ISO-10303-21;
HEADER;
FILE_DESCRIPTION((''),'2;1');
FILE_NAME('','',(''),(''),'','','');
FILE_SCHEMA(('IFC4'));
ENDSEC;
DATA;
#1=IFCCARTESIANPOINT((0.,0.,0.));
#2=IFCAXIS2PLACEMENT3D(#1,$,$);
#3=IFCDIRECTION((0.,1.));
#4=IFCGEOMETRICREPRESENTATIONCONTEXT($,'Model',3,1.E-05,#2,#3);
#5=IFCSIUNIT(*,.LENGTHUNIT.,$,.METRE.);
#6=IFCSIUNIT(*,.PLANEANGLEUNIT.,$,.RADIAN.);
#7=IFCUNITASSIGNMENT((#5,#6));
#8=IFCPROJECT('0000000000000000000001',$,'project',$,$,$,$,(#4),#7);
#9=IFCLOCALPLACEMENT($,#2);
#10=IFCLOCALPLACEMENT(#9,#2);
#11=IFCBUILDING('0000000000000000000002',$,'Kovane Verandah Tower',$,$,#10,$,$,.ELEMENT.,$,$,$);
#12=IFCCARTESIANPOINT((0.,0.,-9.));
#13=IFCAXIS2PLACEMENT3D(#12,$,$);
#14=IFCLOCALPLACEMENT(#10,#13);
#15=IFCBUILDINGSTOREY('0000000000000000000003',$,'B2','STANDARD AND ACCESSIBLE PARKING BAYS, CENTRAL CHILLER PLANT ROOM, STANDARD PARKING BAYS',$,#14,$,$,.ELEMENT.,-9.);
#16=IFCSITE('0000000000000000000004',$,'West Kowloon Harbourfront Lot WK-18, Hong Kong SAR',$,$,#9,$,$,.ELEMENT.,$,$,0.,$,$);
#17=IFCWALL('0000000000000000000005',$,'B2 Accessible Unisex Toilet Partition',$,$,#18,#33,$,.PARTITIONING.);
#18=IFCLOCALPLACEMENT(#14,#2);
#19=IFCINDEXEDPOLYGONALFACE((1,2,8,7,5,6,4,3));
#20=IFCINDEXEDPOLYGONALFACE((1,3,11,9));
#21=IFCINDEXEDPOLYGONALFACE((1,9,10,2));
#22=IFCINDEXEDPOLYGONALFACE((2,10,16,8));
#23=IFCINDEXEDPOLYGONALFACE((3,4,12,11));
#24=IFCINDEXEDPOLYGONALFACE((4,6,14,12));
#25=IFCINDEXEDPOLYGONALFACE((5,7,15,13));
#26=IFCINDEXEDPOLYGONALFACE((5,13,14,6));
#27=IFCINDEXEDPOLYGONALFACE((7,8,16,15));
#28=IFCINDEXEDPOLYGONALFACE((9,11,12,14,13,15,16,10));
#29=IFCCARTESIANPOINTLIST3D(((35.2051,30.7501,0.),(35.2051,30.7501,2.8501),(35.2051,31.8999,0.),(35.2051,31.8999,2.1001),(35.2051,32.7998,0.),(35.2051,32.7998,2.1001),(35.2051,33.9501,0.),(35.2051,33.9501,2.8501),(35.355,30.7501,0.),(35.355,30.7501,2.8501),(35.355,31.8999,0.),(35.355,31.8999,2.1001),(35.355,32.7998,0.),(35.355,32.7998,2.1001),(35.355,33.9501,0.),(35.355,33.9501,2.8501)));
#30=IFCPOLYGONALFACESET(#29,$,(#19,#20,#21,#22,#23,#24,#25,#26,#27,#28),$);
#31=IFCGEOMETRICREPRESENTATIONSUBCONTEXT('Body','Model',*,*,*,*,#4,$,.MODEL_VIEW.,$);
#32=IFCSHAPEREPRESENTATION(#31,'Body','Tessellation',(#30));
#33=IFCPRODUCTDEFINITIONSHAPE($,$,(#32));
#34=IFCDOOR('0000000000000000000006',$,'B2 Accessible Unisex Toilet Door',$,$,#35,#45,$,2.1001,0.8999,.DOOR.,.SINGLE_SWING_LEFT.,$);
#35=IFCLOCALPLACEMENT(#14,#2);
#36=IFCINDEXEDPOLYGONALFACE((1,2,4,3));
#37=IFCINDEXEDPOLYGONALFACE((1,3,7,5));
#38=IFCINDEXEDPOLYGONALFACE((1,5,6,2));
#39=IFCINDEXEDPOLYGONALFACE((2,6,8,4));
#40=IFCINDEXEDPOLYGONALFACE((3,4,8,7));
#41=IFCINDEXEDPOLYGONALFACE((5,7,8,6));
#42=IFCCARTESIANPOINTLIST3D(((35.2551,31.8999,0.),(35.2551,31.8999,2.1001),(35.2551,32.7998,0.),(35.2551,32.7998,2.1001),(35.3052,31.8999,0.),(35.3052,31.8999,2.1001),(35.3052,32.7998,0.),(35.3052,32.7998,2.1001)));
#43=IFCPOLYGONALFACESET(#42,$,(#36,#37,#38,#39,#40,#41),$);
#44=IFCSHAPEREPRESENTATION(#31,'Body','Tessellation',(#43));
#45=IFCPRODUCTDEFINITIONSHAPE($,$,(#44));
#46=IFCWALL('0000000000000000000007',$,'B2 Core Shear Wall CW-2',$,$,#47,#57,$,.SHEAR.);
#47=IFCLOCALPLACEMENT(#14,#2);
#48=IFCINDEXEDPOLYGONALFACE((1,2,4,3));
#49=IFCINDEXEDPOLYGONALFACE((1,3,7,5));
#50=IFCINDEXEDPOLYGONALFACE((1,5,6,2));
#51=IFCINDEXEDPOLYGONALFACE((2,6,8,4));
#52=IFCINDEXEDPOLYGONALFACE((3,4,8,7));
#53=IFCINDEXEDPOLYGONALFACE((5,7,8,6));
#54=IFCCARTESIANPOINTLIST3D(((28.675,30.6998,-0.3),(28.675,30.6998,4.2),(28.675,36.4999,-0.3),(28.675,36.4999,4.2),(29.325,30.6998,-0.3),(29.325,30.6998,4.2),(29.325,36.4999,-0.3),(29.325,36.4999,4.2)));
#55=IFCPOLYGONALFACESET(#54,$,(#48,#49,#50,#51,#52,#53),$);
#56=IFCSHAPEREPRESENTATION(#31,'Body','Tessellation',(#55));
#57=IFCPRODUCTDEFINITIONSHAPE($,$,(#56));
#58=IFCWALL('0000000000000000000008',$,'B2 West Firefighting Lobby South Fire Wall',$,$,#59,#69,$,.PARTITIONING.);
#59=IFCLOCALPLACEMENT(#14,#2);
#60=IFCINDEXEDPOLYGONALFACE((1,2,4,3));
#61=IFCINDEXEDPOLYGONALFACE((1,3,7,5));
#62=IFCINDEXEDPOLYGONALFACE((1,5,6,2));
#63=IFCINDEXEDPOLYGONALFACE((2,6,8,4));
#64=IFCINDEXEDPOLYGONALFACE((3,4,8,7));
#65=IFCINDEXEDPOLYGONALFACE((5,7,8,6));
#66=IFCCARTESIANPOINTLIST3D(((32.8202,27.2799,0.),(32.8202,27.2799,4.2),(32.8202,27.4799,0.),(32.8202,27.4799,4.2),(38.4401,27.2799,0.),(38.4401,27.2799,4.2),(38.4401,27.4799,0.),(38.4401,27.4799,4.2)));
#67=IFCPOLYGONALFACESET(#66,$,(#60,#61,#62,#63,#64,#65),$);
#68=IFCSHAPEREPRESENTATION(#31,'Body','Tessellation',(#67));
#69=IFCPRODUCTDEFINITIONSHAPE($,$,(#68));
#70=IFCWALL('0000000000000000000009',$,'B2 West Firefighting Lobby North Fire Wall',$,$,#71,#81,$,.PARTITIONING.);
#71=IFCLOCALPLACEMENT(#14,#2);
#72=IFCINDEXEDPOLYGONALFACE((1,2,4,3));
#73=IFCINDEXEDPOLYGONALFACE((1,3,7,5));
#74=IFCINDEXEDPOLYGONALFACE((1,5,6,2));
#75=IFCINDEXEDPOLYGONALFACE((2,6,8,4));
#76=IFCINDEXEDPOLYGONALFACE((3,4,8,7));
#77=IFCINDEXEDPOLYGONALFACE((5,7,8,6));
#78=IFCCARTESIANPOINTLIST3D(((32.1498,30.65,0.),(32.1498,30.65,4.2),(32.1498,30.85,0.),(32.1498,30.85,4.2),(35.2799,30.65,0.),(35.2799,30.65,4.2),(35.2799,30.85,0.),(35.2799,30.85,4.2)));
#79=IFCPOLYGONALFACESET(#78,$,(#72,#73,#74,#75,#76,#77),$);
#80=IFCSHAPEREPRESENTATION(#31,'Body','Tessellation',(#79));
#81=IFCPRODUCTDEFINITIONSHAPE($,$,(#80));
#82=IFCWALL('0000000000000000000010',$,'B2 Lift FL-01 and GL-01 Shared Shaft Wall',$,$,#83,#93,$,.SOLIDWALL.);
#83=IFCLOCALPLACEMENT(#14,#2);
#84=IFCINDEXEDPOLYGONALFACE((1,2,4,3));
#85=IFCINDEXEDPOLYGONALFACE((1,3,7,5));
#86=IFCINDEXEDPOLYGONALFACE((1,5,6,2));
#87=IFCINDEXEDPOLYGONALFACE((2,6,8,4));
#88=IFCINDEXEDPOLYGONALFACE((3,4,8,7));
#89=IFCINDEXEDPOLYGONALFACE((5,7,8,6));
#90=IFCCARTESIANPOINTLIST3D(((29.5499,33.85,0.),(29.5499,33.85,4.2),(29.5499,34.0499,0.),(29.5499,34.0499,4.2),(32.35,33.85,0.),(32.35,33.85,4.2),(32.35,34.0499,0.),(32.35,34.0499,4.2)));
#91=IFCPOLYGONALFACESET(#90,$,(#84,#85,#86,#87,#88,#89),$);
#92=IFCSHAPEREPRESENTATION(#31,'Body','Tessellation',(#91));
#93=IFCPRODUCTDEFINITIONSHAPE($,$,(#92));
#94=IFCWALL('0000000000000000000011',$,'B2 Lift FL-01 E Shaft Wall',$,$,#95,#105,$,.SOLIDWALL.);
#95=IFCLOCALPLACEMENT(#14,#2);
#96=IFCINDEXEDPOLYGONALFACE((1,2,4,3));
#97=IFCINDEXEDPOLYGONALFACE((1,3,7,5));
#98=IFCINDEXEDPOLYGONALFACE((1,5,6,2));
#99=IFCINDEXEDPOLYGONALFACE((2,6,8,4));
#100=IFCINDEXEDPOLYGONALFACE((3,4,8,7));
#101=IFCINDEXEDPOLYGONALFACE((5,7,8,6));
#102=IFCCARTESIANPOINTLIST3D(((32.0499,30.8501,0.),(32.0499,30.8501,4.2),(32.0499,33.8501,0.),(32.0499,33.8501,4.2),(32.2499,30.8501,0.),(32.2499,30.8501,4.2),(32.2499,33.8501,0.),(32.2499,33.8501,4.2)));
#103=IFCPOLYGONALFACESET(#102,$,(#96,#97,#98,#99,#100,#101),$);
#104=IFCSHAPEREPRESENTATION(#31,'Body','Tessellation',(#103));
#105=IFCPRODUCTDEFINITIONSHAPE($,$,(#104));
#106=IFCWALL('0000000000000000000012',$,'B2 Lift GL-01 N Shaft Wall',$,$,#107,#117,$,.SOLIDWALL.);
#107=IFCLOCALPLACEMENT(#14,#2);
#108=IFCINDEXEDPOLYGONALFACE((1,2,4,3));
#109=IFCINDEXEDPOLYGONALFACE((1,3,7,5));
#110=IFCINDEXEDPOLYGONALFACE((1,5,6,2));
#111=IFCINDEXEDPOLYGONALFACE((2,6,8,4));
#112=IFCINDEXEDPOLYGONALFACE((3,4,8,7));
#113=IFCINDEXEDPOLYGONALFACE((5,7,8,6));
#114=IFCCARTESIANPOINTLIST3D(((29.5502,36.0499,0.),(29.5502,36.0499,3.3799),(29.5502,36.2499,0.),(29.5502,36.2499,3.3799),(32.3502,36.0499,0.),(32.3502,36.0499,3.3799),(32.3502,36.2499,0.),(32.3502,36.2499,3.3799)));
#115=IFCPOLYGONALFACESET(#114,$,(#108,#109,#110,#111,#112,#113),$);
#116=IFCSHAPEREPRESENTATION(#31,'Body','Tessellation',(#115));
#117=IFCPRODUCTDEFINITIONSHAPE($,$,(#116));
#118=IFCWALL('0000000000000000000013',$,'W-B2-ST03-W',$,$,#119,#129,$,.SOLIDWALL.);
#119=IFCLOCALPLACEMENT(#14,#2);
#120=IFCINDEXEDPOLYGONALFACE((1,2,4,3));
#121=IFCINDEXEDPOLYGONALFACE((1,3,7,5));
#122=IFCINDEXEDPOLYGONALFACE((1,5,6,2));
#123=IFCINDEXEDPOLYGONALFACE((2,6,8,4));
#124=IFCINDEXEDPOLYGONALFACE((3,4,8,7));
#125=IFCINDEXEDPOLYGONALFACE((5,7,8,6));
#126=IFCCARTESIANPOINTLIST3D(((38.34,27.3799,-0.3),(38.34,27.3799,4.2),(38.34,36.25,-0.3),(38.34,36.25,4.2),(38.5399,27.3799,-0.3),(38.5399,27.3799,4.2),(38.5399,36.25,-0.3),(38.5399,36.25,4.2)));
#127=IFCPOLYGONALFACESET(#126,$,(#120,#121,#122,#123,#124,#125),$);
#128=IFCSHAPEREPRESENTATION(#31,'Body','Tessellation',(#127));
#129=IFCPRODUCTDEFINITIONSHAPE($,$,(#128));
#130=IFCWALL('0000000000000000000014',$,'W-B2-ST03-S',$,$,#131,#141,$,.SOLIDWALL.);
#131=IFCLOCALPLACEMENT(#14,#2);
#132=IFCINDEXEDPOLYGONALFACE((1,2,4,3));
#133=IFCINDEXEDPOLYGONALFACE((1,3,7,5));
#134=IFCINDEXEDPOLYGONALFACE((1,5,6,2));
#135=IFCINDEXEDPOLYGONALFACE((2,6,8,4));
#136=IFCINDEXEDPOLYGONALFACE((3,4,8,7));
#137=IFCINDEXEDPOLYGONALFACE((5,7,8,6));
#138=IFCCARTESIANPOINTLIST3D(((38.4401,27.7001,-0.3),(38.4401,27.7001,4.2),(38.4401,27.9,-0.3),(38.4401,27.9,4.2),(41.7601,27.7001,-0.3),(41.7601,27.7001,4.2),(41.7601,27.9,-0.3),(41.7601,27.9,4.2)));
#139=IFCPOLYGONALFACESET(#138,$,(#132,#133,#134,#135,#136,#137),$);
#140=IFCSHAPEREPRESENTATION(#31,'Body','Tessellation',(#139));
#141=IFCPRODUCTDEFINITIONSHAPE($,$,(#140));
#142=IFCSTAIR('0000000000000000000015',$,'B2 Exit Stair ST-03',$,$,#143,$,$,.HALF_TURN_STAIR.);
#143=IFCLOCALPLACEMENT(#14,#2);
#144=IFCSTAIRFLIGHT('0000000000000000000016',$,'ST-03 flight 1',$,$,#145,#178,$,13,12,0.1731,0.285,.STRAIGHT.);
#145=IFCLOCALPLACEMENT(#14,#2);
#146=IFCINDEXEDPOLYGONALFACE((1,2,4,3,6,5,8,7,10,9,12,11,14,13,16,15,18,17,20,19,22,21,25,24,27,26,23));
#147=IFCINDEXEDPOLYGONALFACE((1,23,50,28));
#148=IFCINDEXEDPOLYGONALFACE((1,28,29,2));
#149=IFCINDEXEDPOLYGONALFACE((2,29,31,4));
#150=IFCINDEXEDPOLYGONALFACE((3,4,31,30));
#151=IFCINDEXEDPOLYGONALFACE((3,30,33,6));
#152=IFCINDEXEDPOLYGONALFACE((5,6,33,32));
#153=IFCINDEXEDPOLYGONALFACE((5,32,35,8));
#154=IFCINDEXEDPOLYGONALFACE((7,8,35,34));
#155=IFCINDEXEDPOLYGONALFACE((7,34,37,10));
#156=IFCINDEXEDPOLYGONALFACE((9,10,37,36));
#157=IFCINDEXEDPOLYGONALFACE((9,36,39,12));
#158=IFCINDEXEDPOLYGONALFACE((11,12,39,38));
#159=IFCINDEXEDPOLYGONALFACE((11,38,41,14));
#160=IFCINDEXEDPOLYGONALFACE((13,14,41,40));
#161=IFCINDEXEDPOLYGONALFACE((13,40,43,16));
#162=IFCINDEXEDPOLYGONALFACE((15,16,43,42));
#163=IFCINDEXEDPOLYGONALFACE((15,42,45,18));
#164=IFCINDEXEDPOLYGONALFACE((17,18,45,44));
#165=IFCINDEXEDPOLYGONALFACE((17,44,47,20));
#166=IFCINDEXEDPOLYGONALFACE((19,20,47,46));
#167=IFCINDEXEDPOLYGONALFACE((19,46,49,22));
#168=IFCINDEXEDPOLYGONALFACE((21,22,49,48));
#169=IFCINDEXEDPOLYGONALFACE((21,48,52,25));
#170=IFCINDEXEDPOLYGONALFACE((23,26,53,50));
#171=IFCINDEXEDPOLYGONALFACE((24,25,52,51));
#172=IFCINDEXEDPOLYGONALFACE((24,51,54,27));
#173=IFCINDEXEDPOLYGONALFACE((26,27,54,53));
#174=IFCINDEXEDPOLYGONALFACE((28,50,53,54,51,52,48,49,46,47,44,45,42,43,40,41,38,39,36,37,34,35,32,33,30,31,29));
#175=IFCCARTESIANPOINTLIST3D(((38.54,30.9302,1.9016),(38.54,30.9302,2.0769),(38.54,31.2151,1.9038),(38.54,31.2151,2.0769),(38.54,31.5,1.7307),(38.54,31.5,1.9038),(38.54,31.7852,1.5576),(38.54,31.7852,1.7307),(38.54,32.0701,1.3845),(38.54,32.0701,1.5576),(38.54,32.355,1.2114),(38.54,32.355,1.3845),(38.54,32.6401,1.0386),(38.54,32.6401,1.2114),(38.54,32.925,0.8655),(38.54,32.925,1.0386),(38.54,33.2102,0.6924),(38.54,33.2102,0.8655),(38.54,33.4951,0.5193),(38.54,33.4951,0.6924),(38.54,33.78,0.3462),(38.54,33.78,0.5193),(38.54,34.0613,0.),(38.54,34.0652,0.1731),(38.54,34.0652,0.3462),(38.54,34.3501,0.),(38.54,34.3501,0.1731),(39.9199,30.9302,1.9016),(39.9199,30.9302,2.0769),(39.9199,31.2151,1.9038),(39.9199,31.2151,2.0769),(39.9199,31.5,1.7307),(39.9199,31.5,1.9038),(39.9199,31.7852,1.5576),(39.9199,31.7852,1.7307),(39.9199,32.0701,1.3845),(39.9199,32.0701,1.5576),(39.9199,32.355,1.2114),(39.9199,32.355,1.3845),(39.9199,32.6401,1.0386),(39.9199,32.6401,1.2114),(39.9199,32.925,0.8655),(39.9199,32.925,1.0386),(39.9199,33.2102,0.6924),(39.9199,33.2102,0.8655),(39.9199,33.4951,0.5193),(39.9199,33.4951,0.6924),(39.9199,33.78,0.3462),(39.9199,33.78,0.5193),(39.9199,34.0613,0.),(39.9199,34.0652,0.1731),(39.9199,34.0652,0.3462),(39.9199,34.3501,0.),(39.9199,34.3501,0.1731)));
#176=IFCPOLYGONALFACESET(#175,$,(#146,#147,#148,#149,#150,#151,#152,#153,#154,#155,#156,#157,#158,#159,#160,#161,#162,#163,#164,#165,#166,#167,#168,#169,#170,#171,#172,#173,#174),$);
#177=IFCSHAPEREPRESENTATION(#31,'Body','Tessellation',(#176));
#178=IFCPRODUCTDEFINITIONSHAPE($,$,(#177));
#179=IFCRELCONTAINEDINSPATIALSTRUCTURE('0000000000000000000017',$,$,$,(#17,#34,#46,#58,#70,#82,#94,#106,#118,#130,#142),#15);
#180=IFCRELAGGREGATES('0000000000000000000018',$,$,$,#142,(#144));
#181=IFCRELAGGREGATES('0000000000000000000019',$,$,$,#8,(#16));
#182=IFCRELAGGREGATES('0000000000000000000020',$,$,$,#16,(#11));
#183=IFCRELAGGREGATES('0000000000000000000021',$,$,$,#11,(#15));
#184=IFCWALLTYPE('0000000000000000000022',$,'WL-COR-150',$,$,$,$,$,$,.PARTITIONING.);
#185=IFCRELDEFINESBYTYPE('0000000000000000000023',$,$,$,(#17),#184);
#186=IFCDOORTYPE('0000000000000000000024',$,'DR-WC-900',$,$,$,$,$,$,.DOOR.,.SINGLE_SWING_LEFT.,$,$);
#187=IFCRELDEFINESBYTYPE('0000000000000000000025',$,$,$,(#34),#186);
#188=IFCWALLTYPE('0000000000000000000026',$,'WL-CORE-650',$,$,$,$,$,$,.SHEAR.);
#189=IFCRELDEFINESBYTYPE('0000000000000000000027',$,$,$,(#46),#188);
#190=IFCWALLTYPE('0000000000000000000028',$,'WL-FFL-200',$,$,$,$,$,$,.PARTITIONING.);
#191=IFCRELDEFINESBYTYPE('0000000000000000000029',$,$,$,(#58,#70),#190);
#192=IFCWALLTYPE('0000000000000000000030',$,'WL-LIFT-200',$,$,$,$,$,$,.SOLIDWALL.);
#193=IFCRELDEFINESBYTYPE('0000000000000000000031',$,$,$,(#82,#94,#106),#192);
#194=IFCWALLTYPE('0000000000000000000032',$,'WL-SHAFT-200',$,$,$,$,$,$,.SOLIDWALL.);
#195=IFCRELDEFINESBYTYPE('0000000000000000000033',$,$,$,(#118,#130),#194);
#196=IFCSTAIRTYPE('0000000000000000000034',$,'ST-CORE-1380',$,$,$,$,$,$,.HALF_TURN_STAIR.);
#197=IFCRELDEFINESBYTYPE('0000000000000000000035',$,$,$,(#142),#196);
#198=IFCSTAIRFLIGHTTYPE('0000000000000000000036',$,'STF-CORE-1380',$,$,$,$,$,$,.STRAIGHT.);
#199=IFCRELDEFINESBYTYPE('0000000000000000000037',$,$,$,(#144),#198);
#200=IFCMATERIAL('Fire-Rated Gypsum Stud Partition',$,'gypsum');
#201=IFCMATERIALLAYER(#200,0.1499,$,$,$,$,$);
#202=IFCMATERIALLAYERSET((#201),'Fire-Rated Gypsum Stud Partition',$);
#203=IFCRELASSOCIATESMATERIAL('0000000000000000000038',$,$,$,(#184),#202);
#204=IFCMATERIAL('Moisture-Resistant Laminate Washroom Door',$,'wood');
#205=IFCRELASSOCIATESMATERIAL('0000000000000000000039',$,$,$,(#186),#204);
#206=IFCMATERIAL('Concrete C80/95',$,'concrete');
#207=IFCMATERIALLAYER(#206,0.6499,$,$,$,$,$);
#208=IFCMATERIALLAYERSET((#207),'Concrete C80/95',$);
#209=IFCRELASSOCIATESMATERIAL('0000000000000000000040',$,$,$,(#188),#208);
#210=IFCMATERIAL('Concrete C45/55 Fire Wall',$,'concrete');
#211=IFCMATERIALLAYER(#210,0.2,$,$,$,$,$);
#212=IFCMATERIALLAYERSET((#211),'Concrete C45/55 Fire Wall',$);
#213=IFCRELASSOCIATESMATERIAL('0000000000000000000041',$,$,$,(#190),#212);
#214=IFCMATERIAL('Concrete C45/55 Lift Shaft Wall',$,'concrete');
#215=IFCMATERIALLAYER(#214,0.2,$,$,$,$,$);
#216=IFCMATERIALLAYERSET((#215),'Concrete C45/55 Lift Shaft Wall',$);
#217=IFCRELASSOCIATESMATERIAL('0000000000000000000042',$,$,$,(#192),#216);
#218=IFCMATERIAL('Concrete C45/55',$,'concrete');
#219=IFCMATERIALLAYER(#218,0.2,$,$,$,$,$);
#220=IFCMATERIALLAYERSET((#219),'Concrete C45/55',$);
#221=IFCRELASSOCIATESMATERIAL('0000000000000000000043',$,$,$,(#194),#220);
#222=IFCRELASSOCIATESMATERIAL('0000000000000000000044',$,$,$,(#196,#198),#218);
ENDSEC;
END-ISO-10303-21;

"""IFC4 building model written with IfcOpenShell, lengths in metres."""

from ifc_helpers import new_model, si_unit, direction, frame, frame_2d, origin, place, context, subcontext, project, spatial, polyline, rectangle, outline, extrude, material, layer, layer_set, type_object, element, fill, aggregate, save


model = new_model("IFC4")

# Units and contexts
model_context = context("Model", 3, precision=1e-05, world=origin(), true_north=direction((0.0, 1.0)))
body_context = subcontext(model_context, "Body", "Model", "MODEL_VIEW")
ifc_project = project(units=[si_unit("LENGTHUNIT", "METRE"), si_unit("PLANEANGLEUNIT", "RADIAN")], contexts=[model_context])

# Site, building, storey
site_placement = place(None, origin())
site = spatial("IfcSite", under=ifc_project, at=site_placement, Name="West Kowloon Harbourfront Lot WK-18, Hong Kong SAR", CompositionType="ELEMENT", RefElevation=0.0)
building_placement = place(site_placement, origin())
building = spatial("IfcBuilding", under=site, at=building_placement, Name="Kovane Verandah Tower", CompositionType="ELEMENT")
storey_placement = place(building_placement, frame((0.0, 0.0, -9.0)))
storey = spatial("IfcBuildingStorey", under=building, at=storey_placement, Name="B2", Description="STANDARD AND ACCESSIBLE PARKING BAYS, CENTRAL CHILLER PLANT ROOM, STANDARD PARKING BAYS", CompositionType="ELEMENT", Elevation=-9.0)

# Shared definitions
ifc_material_1 = material(Name="Concrete C80/95", Category="concrete")
ifc_material_2 = material(Name="Concrete C45/55", Category="concrete")

# Shared definitions
ifc_material_3 = material(Name="Fire-Rated Gypsum Stud Partition", Category="gypsum")
ifc_layer_1 = layer(ifc_material_3, 0.1499)
ifc_layer_set_1 = layer_set([ifc_layer_1], Name="Fire-Rated Gypsum Stud Partition")
wall_type_1 = type_object("IfcWallType", Name="WL-COR-150", PredefinedType="PARTITIONING", material=ifc_layer_set_1)

# Wall, opening, door
wall_1_placement = place(storey_placement, frame((35.28, 30.75, 0.0), z_axis=(0.0, 0.0, 1.0), x_axis=(0.0, 1.0, 0.0)))
wall_1 = element("IfcWall", 1, at=wall_1_placement, inside=storey, type_object=wall_type_1, Name="B2 Accessible Unisex Toilet Partition", PredefinedType="PARTITIONING", context=body_context, shape_type="SweptSolid", body=[
    extrude(rectangle(XDim=3.2, YDim=0.1499, at=frame_2d((1.6001, 0.0))), origin(), (0.0, 0.0, 1.0), 2.8501),
])
opening_1_placement = place(wall_1_placement, frame((1.1499, 0.0, 0.0)))
opening_1 = element("IfcOpeningElement", 2, at=opening_1_placement, cuts=wall_1, PredefinedType="OPENING", context=body_context, shape_type="SweptSolid", body=[
    extrude(rectangle(XDim=0.8999, YDim=2.1001, at=frame_2d((0.45, 1.05))), frame((0.0, 0.075, 0.0), z_axis=(0.0, -1.0, 0.0), x_axis=(1.0, 0.0, 0.0)), (0.0, 0.0, 1.0), 0.1499),
])
ifc_material_4 = material(Name="Moisture-Resistant Laminate Washroom Door", Category="wood")
door_type_1 = type_object("IfcDoorType", Name="DR-WC-900", OperationType="SINGLE_SWING_LEFT", PredefinedType="DOOR", material=ifc_material_4)
door_1_placement = place(opening_1_placement, origin())
door_1 = element("IfcDoor", 3, at=door_1_placement, inside=storey, type_object=door_type_1, Name="B2 Accessible Unisex Toilet Door", OperationType="SINGLE_SWING_LEFT", OverallHeight=2.1001, OverallWidth=0.8999, PredefinedType="DOOR", context=body_context, shape_type="SweptSolid", body=[
    extrude(rectangle(XDim=0.8999, YDim=2.1001, at=frame_2d((0.45, 1.05))), frame((0.0, 0.0249, 0.0), z_axis=(0.0, -1.0, 0.0), x_axis=(1.0, 0.0, 0.0)), (0.0, 0.0, 1.0), 0.05),
])
fill(opening_1, door_1)

# Wall
ifc_layer_2 = layer(ifc_material_1, 0.6499)
ifc_layer_set_2 = layer_set([ifc_layer_2], Name="Concrete C80/95")
wall_type_2 = type_object("IfcWallType", Name="WL-CORE-650", PredefinedType="SHEAR", material=ifc_layer_set_2)
wall_2_placement = place(storey_placement, frame((29.0, 30.7, -0.3), z_axis=(0.0, 0.0, 1.0), x_axis=(0.0, 1.0, 0.0)))
element("IfcWall", 4, at=wall_2_placement, inside=storey, type_object=wall_type_2, Name="B2 Core Shear Wall CW-2", PredefinedType="SHEAR", context=body_context, shape_type="SweptSolid", body=[
    extrude(rectangle(XDim=5.8, YDim=0.6499, at=frame_2d((2.8999, 0.0))), origin(), (0.0, 0.0, 1.0), 4.5),
])

# Shared definitions
ifc_material_5 = material(Name="Concrete C45/55 Fire Wall", Category="concrete")
ifc_layer_3 = layer(ifc_material_5, 0.2)
ifc_layer_set_3 = layer_set([ifc_layer_3], Name="Concrete C45/55 Fire Wall")
wall_type_3 = type_object("IfcWallType", Name="WL-FFL-200", PredefinedType="PARTITIONING", material=ifc_layer_set_3)

# Walls
wall_3_placement = place(storey_placement, frame((32.8201, 27.3799, 0.0), z_axis=(0.0, 0.0, 1.0), x_axis=(1.0, 0.0, 0.0)))
element("IfcWall", 5, at=wall_3_placement, inside=storey, type_object=wall_type_3, Name="B2 West Firefighting Lobby South Fire Wall", PredefinedType="PARTITIONING", context=body_context, shape_type="SweptSolid", body=[
    extrude(rectangle(XDim=5.6199, YDim=0.2, at=frame_2d((2.8101, 0.0))), origin(), (0.0, 0.0, 1.0), 4.2),
])
wall_4_placement = place(storey_placement, frame((32.1499, 30.75, 0.0), z_axis=(0.0, 0.0, 1.0), x_axis=(1.0, 0.0, 0.0)))
element("IfcWall", 6, at=wall_4_placement, inside=storey, type_object=wall_type_3, Name="B2 West Firefighting Lobby North Fire Wall", PredefinedType="PARTITIONING", context=body_context, shape_type="SweptSolid", body=[
    extrude(rectangle(XDim=3.1301, YDim=0.2, at=frame_2d((1.5649, 0.0))), origin(), (0.0, 0.0, 1.0), 4.2),
])

# Shared definitions
ifc_material_6 = material(Name="Concrete C45/55 Lift Shaft Wall", Category="concrete")
ifc_layer_4 = layer(ifc_material_6, 0.2)
ifc_layer_set_4 = layer_set([ifc_layer_4], Name="Concrete C45/55 Lift Shaft Wall")
wall_type_4 = type_object("IfcWallType", Name="WL-LIFT-200", PredefinedType="SOLIDWALL", material=ifc_layer_set_4)

# Walls
wall_5_placement = place(storey_placement, frame((29.55, 33.95, 0.0), z_axis=(0.0, 0.0, 1.0), x_axis=(1.0, 0.0, 0.0)))
element("IfcWall", 7, at=wall_5_placement, inside=storey, type_object=wall_type_4, Name="B2 Lift FL-01 and GL-01 Shared Shaft Wall", PredefinedType="SOLIDWALL", context=body_context, shape_type="SweptSolid", body=[
    extrude(rectangle(XDim=2.8, YDim=0.2, at=frame_2d((1.3999, 0.0))), origin(), (0.0, 0.0, 1.0), 4.2),
])
wall_6_placement = place(storey_placement, frame((32.1499, 30.8501, 0.0), z_axis=(0.0, 0.0, 1.0), x_axis=(0.0, 1.0, 0.0)))
element("IfcWall", 8, at=wall_6_placement, inside=storey, type_object=wall_type_4, Name="B2 Lift FL-01 E Shaft Wall", PredefinedType="SOLIDWALL", context=body_context, shape_type="SweptSolid", body=[
    extrude(rectangle(XDim=3.0, YDim=0.2, at=frame_2d((1.5, 0.0))), origin(), (0.0, 0.0, 1.0), 4.2),
])
wall_7_placement = place(storey_placement, frame((32.3501, 36.1499, 0.0), z_axis=(0.0, 0.0, 1.0), x_axis=(-1.0, 0.0, 0.0)))
element("IfcWall", 9, at=wall_7_placement, inside=storey, type_object=wall_type_4, Name="B2 Lift GL-01 N Shaft Wall", PredefinedType="SOLIDWALL", context=body_context, shape_type="SweptSolid", body=[
    extrude(rectangle(XDim=2.8, YDim=0.2, at=frame_2d((1.3999, 0.0))), origin(), (0.0, 0.0, 1.0), 3.3799),
])

# Shared definitions
ifc_layer_5 = layer(ifc_material_2, 0.2)
ifc_layer_set_5 = layer_set([ifc_layer_5], Name="Concrete C45/55")
wall_type_5 = type_object("IfcWallType", Name="WL-SHAFT-200", PredefinedType="SOLIDWALL", material=ifc_layer_set_5)

# Walls
wall_8_placement = place(storey_placement, frame((38.4399, 27.3799, -0.3), z_axis=(0.0, 0.0, 1.0), x_axis=(0.0, 1.0, 0.0)))
element("IfcWall", 10, at=wall_8_placement, inside=storey, type_object=wall_type_5, Name="W-B2-ST03-W", PredefinedType="SOLIDWALL", context=body_context, shape_type="SweptSolid", body=[
    extrude(rectangle(XDim=8.8701, YDim=0.2, at=frame_2d((4.4351, 0.0))), origin(), (0.0, 0.0, 1.0), 4.5),
])
wall_9_placement = place(storey_placement, frame((38.4399, 27.8, -0.3), z_axis=(0.0, 0.0, 1.0), x_axis=(1.0, 0.0, 0.0)))
element("IfcWall", 11, at=wall_9_placement, inside=storey, type_object=wall_type_5, Name="W-B2-ST03-S", PredefinedType="SOLIDWALL", context=body_context, shape_type="SweptSolid", body=[
    extrude(rectangle(XDim=3.3201, YDim=0.2, at=frame_2d((1.6602, 0.0))), origin(), (0.0, 0.0, 1.0), 4.5),
])

# Stair, stair flight
stair_type = type_object("IfcStairType", Name="ST-CORE-1380", PredefinedType="HALF_TURN_STAIR", material=ifc_material_2)
stair_placement = place(storey_placement, origin())
stair = element("IfcStair", 12, at=stair_placement, inside=storey, type_object=stair_type, Name="B2 Exit Stair ST-03", PredefinedType="HALF_TURN_STAIR")
stair_flight_type = type_object("IfcStairFlightType", Name="STF-CORE-1380", PredefinedType="STRAIGHT", material=ifc_material_2)
stair_flight_placement = place(storey_placement, frame((39.23, 34.3501, 0.0), z_axis=(0.0, 0.0, 1.0), x_axis=(0.0, -1.0, 0.0)))
stair_flight = element("IfcStairFlight", 13, at=stair_flight_placement, type_object=stair_flight_type, Name="ST-03 flight 1", NumberOfRisers=13, NumberOfTreads=12, PredefinedType="STRAIGHT", RiserHeight=0.1731, TreadLength=0.285, context=body_context, shape_type="SweptSolid", body=[
    extrude(outline(polyline([(0.0, 0.0), (0.0, 0.1731), (0.2849, 0.1731), (0.2849, 0.3462), (0.5701, 0.3462), (0.5701, 0.5193), (0.855, 0.5193), (0.855, 0.6924), (1.1399, 0.6924), (1.1399, 0.8655), (1.425, 0.8655), (1.425, 1.0386), (1.71, 1.0386), (1.71, 1.2114), (1.9951, 1.2114), (1.9951, 1.3845), (2.28, 1.3845), (2.28, 1.5576), (2.5649, 1.5576), (2.5649, 1.7307), (2.8501, 1.7307), (2.8501, 1.9038), (3.135, 1.9038), (3.135, 2.0769), (3.4199, 2.0769), (3.4199, 2.25), (3.4199, 1.9016), (0.2888, 0.0), (0.0, 0.0)])), frame((0.0, 0.6899, 0.0), z_axis=(0.0, -1.0, 0.0), x_axis=(1.0, 0.0, 0.0)), (0.0, 0.0, 1.0), 1.3799),
])
aggregate(stair, [stair_flight])

save(model, "model.ifc")
